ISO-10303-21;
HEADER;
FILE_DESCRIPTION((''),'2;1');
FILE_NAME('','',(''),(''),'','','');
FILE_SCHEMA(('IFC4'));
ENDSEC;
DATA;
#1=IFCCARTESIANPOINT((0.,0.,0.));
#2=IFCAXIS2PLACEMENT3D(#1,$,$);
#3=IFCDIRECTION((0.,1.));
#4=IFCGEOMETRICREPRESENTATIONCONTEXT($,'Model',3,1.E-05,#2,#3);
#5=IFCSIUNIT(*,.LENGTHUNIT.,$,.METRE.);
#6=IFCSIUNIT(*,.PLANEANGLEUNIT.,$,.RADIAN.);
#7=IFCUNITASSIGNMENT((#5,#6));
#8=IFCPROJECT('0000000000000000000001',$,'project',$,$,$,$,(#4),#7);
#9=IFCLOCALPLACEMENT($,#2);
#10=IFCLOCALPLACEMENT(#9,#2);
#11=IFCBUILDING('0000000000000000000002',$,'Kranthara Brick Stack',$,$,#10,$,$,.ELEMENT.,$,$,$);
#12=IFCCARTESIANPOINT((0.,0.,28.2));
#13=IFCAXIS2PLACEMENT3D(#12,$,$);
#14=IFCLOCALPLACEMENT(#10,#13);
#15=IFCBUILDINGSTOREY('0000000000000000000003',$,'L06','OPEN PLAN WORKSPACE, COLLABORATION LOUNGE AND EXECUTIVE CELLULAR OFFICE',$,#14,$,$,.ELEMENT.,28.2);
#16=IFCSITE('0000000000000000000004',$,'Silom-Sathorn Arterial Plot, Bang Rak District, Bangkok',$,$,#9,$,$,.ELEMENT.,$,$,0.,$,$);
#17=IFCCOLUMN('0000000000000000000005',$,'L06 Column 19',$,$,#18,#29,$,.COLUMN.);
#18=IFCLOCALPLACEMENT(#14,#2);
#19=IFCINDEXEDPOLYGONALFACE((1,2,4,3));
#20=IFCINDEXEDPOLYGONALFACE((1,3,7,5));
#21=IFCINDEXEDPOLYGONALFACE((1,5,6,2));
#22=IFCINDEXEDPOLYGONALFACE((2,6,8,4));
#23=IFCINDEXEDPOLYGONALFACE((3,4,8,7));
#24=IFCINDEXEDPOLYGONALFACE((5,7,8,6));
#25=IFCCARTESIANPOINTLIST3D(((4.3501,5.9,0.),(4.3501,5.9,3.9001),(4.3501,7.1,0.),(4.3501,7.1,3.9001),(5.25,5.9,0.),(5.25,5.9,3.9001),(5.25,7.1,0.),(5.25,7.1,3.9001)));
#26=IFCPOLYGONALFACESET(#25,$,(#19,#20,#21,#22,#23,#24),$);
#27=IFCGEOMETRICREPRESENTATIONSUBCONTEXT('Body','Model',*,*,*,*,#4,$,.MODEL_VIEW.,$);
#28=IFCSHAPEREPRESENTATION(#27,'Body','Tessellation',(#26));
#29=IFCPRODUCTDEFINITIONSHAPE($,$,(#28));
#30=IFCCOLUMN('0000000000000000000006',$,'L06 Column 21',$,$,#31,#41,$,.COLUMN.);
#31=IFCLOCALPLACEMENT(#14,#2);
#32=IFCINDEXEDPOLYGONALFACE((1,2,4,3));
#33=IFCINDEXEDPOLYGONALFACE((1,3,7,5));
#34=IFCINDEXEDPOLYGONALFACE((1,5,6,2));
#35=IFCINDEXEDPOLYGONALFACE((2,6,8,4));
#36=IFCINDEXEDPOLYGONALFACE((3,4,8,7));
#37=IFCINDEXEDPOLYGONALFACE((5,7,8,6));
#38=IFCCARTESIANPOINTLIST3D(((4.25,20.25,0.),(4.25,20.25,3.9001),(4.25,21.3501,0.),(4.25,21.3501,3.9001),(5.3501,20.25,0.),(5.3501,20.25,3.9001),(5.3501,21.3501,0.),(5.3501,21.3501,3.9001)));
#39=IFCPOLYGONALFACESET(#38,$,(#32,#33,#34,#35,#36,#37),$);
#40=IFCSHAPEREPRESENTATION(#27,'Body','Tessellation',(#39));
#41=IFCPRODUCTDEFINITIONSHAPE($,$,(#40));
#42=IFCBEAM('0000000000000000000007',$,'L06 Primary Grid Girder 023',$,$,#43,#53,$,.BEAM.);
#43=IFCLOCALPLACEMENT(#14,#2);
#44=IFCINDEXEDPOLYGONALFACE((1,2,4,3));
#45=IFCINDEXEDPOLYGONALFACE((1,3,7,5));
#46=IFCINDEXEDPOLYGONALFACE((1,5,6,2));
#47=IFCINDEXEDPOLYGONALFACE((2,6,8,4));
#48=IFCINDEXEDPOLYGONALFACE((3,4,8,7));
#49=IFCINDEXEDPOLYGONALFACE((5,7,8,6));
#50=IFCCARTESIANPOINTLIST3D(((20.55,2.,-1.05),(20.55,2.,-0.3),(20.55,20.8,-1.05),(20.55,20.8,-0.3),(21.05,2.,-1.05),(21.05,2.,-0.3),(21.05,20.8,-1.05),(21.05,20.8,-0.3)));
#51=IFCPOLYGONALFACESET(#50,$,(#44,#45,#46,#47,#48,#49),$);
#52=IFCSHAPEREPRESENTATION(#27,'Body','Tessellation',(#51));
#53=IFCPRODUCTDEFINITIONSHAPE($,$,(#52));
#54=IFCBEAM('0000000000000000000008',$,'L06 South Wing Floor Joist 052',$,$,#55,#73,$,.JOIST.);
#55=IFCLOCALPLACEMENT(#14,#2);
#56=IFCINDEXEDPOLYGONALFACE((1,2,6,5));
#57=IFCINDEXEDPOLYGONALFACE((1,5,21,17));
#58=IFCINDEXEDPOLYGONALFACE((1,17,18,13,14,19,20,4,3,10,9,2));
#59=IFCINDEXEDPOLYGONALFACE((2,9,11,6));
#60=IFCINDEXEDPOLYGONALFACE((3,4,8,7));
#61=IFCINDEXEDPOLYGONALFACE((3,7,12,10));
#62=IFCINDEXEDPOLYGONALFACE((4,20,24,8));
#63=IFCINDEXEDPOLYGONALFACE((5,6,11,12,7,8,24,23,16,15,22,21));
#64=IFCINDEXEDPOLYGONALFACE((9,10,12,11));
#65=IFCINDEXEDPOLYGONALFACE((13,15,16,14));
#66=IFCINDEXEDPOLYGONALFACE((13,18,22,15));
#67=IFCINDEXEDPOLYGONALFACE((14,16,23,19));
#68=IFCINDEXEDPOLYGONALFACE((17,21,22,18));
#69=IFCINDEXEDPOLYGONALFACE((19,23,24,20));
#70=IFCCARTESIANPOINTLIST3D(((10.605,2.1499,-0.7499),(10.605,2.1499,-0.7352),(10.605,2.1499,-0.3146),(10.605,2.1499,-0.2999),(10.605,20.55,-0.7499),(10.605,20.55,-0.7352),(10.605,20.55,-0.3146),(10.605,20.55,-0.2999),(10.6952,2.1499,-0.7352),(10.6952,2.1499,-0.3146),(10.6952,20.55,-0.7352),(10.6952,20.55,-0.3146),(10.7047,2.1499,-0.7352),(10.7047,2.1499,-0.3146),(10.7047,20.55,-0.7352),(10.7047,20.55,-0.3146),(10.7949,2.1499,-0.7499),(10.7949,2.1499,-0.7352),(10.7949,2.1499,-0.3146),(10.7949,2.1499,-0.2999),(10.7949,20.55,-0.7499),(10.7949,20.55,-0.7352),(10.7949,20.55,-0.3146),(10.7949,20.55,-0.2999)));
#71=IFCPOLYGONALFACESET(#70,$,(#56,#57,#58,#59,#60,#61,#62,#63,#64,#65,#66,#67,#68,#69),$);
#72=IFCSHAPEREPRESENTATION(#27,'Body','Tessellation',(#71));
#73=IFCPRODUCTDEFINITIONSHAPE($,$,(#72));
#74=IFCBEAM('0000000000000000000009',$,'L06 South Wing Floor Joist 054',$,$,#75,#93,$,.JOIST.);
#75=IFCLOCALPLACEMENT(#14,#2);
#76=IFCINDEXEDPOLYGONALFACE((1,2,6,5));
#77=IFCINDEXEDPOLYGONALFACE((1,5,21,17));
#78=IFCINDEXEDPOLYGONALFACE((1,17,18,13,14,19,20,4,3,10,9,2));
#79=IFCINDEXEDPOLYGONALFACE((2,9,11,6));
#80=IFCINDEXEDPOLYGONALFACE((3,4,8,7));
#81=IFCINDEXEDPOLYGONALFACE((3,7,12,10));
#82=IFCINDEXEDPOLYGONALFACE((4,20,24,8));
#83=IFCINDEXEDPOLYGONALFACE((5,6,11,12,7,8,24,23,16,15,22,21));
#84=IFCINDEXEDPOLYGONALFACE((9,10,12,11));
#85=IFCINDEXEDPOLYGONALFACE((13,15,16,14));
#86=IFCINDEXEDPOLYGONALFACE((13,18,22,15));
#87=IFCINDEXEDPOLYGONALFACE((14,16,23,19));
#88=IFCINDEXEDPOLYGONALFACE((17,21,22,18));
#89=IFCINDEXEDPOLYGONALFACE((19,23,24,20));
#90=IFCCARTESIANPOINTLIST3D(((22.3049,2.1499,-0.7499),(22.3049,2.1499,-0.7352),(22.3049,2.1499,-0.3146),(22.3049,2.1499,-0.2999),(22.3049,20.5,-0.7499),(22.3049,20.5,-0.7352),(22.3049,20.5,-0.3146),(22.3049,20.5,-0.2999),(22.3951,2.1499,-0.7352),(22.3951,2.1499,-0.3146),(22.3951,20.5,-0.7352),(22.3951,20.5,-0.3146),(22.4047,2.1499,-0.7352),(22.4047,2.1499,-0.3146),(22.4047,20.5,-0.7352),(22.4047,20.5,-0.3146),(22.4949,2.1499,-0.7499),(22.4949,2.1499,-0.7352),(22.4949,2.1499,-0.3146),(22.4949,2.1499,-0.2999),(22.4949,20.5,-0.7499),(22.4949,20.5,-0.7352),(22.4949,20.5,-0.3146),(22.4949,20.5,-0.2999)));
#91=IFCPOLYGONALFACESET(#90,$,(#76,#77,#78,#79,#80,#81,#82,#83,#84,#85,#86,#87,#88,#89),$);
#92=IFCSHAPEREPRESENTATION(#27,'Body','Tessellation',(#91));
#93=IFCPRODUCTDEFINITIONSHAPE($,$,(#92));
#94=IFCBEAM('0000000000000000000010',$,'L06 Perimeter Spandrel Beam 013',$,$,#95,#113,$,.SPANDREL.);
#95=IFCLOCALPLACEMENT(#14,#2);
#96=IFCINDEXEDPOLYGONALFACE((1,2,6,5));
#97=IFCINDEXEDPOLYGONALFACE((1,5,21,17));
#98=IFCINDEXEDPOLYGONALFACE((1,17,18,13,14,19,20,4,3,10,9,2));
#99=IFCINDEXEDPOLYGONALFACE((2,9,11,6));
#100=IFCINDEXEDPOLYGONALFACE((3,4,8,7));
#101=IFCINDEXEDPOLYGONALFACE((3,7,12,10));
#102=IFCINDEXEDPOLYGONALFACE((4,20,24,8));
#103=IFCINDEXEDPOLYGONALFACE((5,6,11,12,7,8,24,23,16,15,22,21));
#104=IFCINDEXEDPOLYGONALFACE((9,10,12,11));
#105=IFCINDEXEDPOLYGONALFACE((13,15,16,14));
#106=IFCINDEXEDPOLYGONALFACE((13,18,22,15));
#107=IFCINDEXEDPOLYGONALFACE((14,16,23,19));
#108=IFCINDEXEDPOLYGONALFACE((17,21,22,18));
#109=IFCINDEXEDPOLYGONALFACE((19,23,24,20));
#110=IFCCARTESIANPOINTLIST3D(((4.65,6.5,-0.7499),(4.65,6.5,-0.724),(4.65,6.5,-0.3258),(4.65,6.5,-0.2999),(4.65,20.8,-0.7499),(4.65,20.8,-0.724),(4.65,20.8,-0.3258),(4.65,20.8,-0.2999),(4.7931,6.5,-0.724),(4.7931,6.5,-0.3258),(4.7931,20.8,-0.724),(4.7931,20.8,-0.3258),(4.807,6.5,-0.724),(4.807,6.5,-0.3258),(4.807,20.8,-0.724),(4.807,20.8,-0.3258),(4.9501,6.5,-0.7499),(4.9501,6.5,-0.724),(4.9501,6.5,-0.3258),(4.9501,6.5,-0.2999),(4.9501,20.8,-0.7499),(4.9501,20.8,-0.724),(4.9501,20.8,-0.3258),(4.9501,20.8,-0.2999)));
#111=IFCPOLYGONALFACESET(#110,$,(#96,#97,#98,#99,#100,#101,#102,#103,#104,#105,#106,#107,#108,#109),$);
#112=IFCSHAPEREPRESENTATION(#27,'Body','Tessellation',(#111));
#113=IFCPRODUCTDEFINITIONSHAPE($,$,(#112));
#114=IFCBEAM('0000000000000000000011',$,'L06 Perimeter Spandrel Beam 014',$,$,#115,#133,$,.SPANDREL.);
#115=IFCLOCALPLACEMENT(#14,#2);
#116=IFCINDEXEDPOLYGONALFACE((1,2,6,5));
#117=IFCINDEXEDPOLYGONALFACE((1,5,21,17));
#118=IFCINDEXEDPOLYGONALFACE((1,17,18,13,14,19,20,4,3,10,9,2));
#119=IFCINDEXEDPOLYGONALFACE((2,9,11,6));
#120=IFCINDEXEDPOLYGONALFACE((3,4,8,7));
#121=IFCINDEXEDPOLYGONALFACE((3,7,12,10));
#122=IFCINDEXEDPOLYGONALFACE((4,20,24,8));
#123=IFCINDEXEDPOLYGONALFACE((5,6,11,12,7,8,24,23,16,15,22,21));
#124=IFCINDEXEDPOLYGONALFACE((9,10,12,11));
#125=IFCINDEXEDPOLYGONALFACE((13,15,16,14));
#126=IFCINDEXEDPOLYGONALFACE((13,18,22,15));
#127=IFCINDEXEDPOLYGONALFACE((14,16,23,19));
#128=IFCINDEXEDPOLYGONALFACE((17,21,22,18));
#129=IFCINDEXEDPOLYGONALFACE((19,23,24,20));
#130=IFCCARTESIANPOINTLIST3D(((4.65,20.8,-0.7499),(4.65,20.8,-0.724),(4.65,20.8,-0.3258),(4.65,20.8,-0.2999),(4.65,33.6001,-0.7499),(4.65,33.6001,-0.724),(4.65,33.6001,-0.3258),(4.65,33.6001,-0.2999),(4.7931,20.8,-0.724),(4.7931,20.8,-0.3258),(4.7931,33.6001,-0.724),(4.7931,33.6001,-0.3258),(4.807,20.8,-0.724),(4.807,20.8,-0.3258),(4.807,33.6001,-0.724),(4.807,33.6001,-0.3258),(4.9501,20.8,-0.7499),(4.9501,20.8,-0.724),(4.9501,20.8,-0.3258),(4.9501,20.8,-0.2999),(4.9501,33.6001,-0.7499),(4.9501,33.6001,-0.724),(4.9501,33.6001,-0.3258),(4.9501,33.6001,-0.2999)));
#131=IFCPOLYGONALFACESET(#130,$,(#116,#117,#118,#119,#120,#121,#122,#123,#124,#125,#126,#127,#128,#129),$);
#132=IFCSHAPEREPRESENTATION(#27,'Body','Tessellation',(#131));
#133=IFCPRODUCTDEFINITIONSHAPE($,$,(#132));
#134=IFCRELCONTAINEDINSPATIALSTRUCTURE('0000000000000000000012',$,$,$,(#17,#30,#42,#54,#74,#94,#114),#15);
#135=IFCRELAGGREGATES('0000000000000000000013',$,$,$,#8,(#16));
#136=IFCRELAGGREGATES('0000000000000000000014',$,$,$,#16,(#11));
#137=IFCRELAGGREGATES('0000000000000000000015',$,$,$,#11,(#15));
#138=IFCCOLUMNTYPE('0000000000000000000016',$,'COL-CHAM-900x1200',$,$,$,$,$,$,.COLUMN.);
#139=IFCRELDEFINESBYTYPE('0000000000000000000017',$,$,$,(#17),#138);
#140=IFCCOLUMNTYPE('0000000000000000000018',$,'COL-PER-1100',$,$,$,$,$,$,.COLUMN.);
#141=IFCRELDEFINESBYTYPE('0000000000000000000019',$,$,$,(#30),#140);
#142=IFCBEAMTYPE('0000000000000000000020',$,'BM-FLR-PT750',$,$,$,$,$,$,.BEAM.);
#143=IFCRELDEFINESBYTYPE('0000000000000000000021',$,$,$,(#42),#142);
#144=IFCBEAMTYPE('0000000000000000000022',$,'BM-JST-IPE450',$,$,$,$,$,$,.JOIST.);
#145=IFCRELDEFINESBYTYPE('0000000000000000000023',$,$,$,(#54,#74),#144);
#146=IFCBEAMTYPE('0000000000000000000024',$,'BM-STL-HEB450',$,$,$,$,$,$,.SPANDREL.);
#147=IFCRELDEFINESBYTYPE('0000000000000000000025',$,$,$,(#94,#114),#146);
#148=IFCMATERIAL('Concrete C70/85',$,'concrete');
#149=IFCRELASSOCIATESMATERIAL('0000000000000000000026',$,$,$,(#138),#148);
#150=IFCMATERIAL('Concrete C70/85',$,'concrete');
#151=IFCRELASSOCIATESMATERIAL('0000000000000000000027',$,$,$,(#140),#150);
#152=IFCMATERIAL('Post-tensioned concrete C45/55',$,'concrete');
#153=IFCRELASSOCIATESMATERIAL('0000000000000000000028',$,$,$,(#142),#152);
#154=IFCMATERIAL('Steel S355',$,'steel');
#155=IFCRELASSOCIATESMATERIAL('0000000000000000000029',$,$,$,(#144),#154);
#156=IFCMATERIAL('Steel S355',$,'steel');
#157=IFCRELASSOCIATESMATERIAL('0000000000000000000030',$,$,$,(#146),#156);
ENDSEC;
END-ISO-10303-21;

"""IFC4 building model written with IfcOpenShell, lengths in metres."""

from ifc_helpers import new_model, si_unit, direction, frame, origin, origin_2d, place, context, subcontext, project, spatial, rectangle, i_section, extrude, material, material_profile, profile_set, type_object, element, save


model = new_model("IFC4")

# Units and contexts
model_context = context("Model", 3, precision=1e-05, world=origin(), true_north=direction((0.0, 1.0)))
body_context = subcontext(model_context, "Body", "Model", "MODEL_VIEW")
ifc_project = project(units=[si_unit("LENGTHUNIT", "METRE"), si_unit("PLANEANGLEUNIT", "RADIAN")], contexts=[model_context])

# Site, building, storey
site_placement = place(None, origin())
site = spatial("IfcSite", under=ifc_project, at=site_placement, Name="Silom-Sathorn Arterial Plot, Bang Rak District, Bangkok", CompositionType="ELEMENT", RefElevation=0.0)
building_placement = place(site_placement, origin())
building = spatial("IfcBuilding", under=site, at=building_placement, Name="Kranthara Brick Stack", CompositionType="ELEMENT")
storey_placement = place(building_placement, frame((0.0, 0.0, 28.2)))
storey = spatial("IfcBuildingStorey", under=building, at=storey_placement, Name="L06", Description="OPEN PLAN WORKSPACE, COLLABORATION LOUNGE AND EXECUTIVE CELLULAR OFFICE", CompositionType="ELEMENT", Elevation=28.2)

# Columns
ifc_material_1 = material(Name="Concrete C70/85", Category="concrete")
ifc_material_profile_1 = material_profile(ifc_material_1, rectangle(XDim=0.8999, YDim=1.2, at=origin_2d()), Name="RC 900x1200")
ifc_profile_set_1 = profile_set([ifc_material_profile_1], Name="Concrete C70/85")
column_type_1 = type_object("IfcColumnType", Name="COL-CHAM-900x1200", PredefinedType="COLUMN", material=ifc_profile_set_1)
column_1_placement = place(storey_placement, frame((4.8, 6.5, 0.0), z_axis=(0.0, 0.0, 1.0), x_axis=(1.0, 0.0, 0.0)))
element("IfcColumn", 1, at=column_1_placement, inside=storey, type_object=column_type_1, Name="L06 Column 19", PredefinedType="COLUMN", context=body_context, shape_type="SweptSolid", body=[
    extrude(rectangle(XDim=0.8999, YDim=1.2, at=origin_2d()), origin(), (0.0, 0.0, 1.0), 3.9001),
])
ifc_material_2 = material(Name="Concrete C70/85", Category="concrete")
ifc_material_profile_2 = material_profile(ifc_material_2, rectangle(XDim=1.1001, YDim=1.1001, at=origin_2d()), Name="RC 1100x1100")
ifc_profile_set_2 = profile_set([ifc_material_profile_2], Name="Concrete C70/85")
column_type_2 = type_object("IfcColumnType", Name="COL-PER-1100", PredefinedType="COLUMN", material=ifc_profile_set_2)
column_2_placement = place(storey_placement, frame((4.8, 20.8, 0.0), z_axis=(0.0, 0.0, 1.0), x_axis=(1.0, 0.0, 0.0)))
element("IfcColumn", 2, at=column_2_placement, inside=storey, type_object=column_type_2, Name="L06 Column 21", PredefinedType="COLUMN", context=body_context, shape_type="SweptSolid", body=[
    extrude(rectangle(XDim=1.1001, YDim=1.1001, at=origin_2d()), origin(), (0.0, 0.0, 1.0), 3.9001),
])

# Beams
ifc_material_3 = material(Name="Post-tensioned concrete C45/55", Category="concrete")
ifc_material_profile_3 = material_profile(ifc_material_3, rectangle(XDim=0.5, YDim=0.75, at=origin_2d()), Name="PT 500x750")
ifc_profile_set_3 = profile_set([ifc_material_profile_3], Name="Post-tensioned concrete C45/55")
beam_type_1 = type_object("IfcBeamType", Name="BM-FLR-PT750", PredefinedType="BEAM", material=ifc_profile_set_3)
beam_1_placement = place(storey_placement, frame((20.8, 2.0, -0.675), z_axis=(0.0, 1.0, 0.0), x_axis=(-1.0, 0.0, 0.0)))
element("IfcBeam", 3, at=beam_1_placement, inside=storey, type_object=beam_type_1, Name="L06 Primary Grid Girder 023", PredefinedType="BEAM", context=body_context, shape_type="SweptSolid", body=[
    extrude(rectangle(XDim=0.5, YDim=0.75, at=origin_2d()), origin(), (0.0, 0.0, 1.0), 18.8),
])
ifc_material_4 = material(Name="Steel S355", Category="steel")
ifc_material_profile_4 = material_profile(ifc_material_4, i_section(OverallWidth=0.1899, OverallDepth=0.45, WebThickness=0.0095, FlangeThickness=0.0146, at=origin_2d()), Name="IPE 450")
ifc_profile_set_4 = profile_set([ifc_material_profile_4], Name="Steel S355")
beam_type_2 = type_object("IfcBeamType", Name="BM-JST-IPE450", PredefinedType="JOIST", material=ifc_profile_set_4)
beam_2_placement = place(storey_placement, frame((10.7, 2.1499, -0.5249), z_axis=(0.0, 1.0, 0.0), x_axis=(-1.0, 0.0, 0.0)))
element("IfcBeam", 4, at=beam_2_placement, inside=storey, type_object=beam_type_2, Name="L06 South Wing Floor Joist 052", PredefinedType="JOIST", context=body_context, shape_type="SweptSolid", body=[
    extrude(i_section(OverallWidth=0.1899, OverallDepth=0.45, WebThickness=0.0095, FlangeThickness=0.0146, at=origin_2d()), origin(), (0.0, 0.0, 1.0), 18.4001),
])
beam_3_placement = place(storey_placement, frame((22.3999, 2.1499, -0.5249), z_axis=(0.0, 1.0, 0.0), x_axis=(-1.0, 0.0, 0.0)))
element("IfcBeam", 5, at=beam_3_placement, inside=storey, type_object=beam_type_2, Name="L06 South Wing Floor Joist 054", PredefinedType="JOIST", context=body_context, shape_type="SweptSolid", body=[
    extrude(i_section(OverallWidth=0.1899, OverallDepth=0.45, WebThickness=0.0095, FlangeThickness=0.0146, at=origin_2d()), origin(), (0.0, 0.0, 1.0), 18.3501),
])
ifc_material_5 = material(Name="Steel S355", Category="steel")
ifc_material_profile_5 = material_profile(ifc_material_5, i_section(OverallWidth=0.3, OverallDepth=0.45, WebThickness=0.0139, FlangeThickness=0.0259, at=origin_2d()), Name="HEB 450")
ifc_profile_set_5 = profile_set([ifc_material_profile_5], Name="Steel S355")
beam_type_3 = type_object("IfcBeamType", Name="BM-STL-HEB450", PredefinedType="SPANDREL", material=ifc_profile_set_5)
beam_4_placement = place(storey_placement, frame((4.8, 6.5, -0.5249), z_axis=(0.0, 1.0, 0.0), x_axis=(-1.0, 0.0, 0.0)))
element("IfcBeam", 6, at=beam_4_placement, inside=storey, type_object=beam_type_3, Name="L06 Perimeter Spandrel Beam 013", PredefinedType="SPANDREL", context=body_context, shape_type="SweptSolid", body=[
    extrude(i_section(OverallWidth=0.3, OverallDepth=0.45, WebThickness=0.0139, FlangeThickness=0.0259, at=origin_2d()), origin(), (0.0, 0.0, 1.0), 14.3),
])
beam_5_placement = place(storey_placement, frame((4.8, 20.8, -0.5249), z_axis=(0.0, 1.0, 0.0), x_axis=(-1.0, 0.0, 0.0)))
element("IfcBeam", 7, at=beam_5_placement, inside=storey, type_object=beam_type_3, Name="L06 Perimeter Spandrel Beam 014", PredefinedType="SPANDREL", context=body_context, shape_type="SweptSolid", body=[
    extrude(i_section(OverallWidth=0.3, OverallDepth=0.45, WebThickness=0.0139, FlangeThickness=0.0259, at=origin_2d()), origin(), (0.0, 0.0, 1.0), 12.8),
])

save(model, "model.ifc")
